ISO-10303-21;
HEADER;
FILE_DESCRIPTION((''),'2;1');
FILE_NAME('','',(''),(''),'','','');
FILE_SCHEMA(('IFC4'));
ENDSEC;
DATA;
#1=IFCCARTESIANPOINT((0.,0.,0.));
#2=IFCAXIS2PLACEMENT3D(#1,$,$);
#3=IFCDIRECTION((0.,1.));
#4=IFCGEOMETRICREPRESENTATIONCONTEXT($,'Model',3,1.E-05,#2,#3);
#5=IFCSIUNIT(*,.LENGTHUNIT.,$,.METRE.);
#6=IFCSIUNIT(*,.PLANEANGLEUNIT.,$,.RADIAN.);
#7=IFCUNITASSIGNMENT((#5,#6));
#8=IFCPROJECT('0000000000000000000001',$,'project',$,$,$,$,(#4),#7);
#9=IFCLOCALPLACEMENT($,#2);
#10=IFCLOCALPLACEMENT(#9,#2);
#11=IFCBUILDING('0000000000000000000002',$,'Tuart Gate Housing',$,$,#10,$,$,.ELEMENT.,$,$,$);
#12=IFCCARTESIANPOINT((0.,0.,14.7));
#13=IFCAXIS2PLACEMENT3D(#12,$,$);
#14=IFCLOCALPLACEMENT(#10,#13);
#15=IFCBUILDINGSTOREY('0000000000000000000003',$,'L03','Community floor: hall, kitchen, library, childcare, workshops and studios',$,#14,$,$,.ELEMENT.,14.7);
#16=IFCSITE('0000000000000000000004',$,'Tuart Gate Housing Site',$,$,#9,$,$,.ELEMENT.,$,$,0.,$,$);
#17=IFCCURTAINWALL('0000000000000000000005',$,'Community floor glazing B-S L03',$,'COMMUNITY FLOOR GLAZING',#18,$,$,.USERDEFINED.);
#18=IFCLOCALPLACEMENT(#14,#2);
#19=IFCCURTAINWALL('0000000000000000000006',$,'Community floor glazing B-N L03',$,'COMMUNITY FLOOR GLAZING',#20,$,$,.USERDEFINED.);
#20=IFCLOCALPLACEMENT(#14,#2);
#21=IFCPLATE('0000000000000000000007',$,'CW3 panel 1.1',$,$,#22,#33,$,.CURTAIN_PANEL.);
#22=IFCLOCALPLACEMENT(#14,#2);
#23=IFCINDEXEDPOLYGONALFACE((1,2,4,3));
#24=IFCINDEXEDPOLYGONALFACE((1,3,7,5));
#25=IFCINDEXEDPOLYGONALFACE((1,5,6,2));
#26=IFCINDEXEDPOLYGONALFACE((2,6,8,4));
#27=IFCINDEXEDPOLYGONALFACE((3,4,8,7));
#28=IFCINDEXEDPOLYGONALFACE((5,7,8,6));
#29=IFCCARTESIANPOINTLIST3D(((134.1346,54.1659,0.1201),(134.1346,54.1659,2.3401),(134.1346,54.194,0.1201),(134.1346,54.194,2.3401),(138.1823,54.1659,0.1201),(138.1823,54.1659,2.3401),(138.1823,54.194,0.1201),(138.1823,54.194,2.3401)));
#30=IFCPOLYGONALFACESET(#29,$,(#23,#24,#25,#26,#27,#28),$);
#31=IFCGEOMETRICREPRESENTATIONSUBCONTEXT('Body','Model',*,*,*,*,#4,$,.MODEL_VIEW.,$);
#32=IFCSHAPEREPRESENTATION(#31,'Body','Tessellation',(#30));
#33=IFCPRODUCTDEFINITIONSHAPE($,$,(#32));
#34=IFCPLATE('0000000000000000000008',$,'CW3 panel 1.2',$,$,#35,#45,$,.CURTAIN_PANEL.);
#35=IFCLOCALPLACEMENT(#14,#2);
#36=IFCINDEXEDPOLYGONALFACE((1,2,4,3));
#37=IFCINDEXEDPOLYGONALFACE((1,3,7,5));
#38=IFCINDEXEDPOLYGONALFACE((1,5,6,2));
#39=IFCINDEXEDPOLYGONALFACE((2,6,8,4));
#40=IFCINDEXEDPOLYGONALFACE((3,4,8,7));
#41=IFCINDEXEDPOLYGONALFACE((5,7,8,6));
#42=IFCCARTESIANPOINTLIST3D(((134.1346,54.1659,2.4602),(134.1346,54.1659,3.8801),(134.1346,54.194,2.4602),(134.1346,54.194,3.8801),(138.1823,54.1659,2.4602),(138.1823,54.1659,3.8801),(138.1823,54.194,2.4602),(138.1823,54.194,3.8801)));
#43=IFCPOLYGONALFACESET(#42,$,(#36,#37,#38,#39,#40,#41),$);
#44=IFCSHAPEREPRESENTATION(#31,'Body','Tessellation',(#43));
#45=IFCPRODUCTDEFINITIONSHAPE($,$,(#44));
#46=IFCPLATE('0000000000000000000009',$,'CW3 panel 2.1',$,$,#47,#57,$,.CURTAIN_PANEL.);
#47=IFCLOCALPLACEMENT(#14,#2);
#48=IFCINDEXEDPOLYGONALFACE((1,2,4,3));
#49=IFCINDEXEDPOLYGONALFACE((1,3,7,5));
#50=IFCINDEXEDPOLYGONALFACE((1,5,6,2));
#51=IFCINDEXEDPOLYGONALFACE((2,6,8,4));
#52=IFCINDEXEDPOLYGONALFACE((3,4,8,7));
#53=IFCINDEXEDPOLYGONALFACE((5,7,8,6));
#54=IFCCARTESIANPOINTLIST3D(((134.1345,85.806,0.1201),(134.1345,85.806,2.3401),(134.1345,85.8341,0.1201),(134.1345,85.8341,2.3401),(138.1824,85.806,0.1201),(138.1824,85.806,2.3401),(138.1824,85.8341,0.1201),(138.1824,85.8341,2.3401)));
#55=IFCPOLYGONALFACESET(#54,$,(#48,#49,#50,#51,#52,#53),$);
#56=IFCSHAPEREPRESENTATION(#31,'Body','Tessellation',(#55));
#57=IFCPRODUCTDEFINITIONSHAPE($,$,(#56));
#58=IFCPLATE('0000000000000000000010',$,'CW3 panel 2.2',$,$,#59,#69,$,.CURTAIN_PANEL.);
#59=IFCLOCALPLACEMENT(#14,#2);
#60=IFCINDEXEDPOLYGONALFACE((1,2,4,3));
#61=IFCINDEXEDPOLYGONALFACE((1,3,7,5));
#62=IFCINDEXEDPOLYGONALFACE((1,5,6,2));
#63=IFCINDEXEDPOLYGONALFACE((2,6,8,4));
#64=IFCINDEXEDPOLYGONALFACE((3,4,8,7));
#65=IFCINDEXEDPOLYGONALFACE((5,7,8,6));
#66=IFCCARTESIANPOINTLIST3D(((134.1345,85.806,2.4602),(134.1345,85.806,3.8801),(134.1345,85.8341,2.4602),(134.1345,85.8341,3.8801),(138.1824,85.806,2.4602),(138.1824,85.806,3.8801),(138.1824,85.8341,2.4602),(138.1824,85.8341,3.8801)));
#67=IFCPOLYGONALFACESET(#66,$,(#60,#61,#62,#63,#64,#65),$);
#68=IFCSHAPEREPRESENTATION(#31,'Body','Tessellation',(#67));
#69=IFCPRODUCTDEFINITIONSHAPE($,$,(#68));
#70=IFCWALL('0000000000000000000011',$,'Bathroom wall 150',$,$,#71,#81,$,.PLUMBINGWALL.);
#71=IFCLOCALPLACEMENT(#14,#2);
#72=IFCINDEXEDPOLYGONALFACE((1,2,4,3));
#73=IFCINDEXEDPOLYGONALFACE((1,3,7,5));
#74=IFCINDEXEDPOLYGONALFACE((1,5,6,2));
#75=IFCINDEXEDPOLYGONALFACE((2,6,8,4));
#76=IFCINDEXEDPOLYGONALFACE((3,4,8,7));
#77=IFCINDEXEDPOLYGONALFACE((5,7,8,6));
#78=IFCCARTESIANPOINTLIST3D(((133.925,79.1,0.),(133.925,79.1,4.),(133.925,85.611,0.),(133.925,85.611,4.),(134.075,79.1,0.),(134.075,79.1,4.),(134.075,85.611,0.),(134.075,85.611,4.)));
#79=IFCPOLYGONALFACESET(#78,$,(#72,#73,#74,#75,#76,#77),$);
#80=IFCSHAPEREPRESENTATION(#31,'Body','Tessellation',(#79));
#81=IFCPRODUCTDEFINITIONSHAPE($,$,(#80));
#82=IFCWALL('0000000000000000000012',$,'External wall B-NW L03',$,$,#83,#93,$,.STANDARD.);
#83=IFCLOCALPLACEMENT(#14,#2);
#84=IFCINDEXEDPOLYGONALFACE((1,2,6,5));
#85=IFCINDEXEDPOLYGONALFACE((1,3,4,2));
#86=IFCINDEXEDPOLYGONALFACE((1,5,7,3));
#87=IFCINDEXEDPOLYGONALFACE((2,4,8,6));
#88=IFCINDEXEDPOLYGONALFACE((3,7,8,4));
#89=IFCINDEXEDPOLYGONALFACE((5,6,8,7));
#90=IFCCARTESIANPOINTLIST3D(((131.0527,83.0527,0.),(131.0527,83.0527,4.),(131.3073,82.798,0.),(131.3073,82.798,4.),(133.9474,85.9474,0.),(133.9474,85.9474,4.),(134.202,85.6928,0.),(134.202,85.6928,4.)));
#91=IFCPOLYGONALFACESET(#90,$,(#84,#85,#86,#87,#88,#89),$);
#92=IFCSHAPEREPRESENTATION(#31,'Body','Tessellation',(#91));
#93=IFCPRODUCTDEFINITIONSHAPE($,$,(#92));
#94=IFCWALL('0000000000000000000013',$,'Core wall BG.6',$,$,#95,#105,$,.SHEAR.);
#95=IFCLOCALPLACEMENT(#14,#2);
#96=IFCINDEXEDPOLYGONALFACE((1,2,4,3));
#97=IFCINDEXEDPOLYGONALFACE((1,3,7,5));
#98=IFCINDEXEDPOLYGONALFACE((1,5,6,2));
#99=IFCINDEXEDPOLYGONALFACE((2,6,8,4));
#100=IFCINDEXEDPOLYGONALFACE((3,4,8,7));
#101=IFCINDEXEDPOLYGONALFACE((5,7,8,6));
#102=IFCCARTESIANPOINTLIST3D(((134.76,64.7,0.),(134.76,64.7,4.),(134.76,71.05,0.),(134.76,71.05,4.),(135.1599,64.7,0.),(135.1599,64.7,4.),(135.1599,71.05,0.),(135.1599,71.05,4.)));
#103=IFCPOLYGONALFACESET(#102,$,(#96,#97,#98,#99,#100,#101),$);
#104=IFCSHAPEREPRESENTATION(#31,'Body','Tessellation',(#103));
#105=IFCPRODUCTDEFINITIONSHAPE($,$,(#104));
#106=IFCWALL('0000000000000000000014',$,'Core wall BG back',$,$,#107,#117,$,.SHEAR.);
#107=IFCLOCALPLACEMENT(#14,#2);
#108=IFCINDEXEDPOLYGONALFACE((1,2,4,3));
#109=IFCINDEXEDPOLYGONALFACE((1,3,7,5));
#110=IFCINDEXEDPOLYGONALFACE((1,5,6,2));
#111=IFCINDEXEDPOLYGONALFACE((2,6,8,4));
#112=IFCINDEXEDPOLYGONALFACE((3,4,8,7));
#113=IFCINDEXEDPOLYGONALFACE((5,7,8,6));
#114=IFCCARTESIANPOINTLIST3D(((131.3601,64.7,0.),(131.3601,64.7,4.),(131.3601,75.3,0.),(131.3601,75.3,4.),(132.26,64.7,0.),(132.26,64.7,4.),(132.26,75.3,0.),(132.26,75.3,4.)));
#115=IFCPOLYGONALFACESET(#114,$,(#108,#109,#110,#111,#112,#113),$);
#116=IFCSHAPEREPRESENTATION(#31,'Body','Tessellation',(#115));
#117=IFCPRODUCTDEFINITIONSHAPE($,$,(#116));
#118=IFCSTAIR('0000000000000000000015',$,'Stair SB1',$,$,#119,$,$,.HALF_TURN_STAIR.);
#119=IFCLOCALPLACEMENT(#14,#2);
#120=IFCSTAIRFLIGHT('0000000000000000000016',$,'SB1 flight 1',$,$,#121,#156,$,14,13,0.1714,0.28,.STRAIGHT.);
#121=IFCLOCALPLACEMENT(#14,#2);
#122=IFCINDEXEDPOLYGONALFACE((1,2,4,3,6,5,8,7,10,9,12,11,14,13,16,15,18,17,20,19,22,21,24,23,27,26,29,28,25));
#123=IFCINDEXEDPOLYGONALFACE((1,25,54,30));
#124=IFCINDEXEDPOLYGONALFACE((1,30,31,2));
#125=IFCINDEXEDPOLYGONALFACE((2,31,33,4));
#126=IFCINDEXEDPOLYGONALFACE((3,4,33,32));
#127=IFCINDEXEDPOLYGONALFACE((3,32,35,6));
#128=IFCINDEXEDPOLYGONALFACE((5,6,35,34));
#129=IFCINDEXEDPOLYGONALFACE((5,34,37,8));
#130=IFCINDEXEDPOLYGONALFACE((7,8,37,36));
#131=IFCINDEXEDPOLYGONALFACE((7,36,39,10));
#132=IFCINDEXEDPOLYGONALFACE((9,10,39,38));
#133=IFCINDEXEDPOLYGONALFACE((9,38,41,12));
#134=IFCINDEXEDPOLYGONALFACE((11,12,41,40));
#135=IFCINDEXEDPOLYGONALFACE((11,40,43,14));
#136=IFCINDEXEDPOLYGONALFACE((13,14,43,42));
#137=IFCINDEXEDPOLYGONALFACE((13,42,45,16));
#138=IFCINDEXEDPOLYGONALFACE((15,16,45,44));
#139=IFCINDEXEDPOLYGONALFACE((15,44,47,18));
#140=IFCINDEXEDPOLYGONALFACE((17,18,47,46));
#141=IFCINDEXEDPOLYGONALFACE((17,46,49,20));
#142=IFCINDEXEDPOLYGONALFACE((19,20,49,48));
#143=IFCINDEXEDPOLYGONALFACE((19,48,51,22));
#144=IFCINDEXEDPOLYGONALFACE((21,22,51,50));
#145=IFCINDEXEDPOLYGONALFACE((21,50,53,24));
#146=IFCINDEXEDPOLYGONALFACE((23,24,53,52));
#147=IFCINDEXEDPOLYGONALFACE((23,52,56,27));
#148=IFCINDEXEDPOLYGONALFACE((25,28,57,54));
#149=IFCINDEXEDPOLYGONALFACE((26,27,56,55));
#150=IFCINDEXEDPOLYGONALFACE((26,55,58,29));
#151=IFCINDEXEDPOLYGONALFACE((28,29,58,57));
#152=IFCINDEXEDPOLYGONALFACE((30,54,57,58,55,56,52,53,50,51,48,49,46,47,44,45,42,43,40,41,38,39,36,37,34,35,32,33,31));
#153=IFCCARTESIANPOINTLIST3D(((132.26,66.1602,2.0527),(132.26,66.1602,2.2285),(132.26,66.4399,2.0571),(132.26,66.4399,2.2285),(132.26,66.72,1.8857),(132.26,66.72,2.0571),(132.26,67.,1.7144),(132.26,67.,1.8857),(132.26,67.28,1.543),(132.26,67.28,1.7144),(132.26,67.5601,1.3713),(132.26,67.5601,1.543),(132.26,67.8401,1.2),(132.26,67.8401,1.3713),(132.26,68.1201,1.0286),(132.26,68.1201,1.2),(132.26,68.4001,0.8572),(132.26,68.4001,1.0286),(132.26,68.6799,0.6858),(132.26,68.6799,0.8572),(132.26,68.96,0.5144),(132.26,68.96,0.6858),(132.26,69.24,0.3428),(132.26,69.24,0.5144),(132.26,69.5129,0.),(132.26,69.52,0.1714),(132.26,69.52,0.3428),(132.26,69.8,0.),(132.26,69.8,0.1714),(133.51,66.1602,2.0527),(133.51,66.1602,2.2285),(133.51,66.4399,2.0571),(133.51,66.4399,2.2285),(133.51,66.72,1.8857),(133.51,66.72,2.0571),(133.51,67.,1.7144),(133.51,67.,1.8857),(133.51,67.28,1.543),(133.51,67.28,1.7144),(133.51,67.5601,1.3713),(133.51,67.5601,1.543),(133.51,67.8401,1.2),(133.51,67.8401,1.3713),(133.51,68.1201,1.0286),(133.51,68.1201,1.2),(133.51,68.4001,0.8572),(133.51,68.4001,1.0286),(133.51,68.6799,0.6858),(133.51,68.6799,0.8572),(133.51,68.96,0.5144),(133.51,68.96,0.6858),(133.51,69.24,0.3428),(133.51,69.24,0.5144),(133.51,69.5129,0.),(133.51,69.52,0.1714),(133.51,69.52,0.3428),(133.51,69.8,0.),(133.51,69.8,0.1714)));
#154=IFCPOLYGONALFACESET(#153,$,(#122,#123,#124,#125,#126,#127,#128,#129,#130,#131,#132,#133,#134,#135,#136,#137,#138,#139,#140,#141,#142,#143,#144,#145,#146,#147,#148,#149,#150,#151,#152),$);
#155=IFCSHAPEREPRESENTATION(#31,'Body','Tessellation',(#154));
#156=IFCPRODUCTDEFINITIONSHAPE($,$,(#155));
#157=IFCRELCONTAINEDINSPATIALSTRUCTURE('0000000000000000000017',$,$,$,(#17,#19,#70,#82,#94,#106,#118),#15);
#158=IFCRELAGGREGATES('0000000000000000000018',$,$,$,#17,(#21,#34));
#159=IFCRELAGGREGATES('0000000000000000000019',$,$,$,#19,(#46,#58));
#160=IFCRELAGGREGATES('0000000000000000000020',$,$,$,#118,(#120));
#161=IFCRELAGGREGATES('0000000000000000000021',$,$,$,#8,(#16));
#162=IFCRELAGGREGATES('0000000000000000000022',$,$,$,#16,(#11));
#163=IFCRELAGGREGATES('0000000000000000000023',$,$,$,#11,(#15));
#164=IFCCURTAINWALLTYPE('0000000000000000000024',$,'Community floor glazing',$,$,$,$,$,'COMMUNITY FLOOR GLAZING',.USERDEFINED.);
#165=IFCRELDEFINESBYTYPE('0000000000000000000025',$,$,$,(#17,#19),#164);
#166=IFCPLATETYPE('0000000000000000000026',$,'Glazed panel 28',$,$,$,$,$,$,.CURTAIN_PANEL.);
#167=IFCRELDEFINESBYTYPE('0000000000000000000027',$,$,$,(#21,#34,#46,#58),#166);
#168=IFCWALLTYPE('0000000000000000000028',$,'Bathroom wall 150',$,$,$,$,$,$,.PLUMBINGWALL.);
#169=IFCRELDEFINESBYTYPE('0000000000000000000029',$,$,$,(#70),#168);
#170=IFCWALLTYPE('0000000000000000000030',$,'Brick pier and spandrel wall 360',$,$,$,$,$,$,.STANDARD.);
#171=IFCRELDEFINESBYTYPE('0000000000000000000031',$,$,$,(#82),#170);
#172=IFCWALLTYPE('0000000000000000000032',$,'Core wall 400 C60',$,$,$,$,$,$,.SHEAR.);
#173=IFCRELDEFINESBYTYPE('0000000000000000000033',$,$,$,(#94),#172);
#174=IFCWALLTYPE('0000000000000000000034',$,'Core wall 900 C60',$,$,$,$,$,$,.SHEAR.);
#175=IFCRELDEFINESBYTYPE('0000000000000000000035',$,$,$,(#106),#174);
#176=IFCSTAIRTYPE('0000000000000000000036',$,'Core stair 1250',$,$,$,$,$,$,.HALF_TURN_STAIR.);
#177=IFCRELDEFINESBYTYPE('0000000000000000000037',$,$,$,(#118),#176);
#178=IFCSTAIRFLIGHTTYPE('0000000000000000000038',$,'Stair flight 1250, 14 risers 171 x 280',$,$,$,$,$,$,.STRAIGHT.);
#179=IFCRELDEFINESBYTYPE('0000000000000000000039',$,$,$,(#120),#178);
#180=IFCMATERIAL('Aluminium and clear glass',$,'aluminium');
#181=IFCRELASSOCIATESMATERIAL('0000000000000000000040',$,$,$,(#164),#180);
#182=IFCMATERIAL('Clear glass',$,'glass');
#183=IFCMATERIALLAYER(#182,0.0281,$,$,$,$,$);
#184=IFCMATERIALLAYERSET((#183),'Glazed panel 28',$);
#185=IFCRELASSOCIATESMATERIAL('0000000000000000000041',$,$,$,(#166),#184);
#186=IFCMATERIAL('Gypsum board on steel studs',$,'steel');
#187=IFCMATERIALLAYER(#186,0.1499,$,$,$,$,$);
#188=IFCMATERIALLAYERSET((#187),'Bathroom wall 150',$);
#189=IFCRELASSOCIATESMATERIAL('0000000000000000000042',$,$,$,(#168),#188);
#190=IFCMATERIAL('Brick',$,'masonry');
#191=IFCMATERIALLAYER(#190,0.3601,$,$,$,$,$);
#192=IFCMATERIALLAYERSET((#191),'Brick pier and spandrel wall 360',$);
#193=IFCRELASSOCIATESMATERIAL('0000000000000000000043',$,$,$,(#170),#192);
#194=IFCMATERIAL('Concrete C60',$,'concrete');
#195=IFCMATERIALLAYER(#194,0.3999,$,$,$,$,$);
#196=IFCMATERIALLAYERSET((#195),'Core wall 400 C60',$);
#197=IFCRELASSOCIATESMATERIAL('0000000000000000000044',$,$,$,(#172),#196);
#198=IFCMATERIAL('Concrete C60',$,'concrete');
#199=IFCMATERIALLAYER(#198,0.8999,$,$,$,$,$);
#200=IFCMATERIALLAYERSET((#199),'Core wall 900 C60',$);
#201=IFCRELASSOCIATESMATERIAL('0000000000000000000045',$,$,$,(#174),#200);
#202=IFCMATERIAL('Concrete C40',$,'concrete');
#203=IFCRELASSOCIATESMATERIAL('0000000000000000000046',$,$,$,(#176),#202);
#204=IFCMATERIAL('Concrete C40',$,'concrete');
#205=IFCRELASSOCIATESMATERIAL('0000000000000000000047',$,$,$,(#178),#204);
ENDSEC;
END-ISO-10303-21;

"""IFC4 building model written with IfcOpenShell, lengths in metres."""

from ifc_helpers import new_model, si_unit, direction, frame, frame_2d, origin, origin_2d, place, context, subcontext, project, spatial, polyline, rectangle, outline, extrude, material, layer, layer_set, type_object, element, aggregate, save


model = new_model("IFC4")

# Units and contexts
model_context = context("Model", 3, precision=1e-05, world=origin(), true_north=direction((0.0, 1.0)))
body_context = subcontext(model_context, "Body", "Model", "MODEL_VIEW")
ifc_project = project(units=[si_unit("LENGTHUNIT", "METRE"), si_unit("PLANEANGLEUNIT", "RADIAN")], contexts=[model_context])

# Site, building, storey
site_placement = place(None, origin())
site = spatial("IfcSite", under=ifc_project, at=site_placement, Name="Tuart Gate Housing Site", CompositionType="ELEMENT", RefElevation=0.0)
building_placement = place(site_placement, origin())
building = spatial("IfcBuilding", under=site, at=building_placement, Name="Tuart Gate Housing", CompositionType="ELEMENT")
storey_placement = place(building_placement, frame((0.0, 0.0, 14.7)))
storey = spatial("IfcBuildingStorey", under=building, at=storey_placement, Name="L03", Description="Community floor: hall, kitchen, library, childcare, workshops and studios", CompositionType="ELEMENT", Elevation=14.7)

# Curtain walls
ifc_material_1 = material(Name="Aluminium and clear glass", Category="aluminium")
curtain_wall_type = type_object("IfcCurtainWallType", Name="Community floor glazing", ElementType="COMMUNITY FLOOR GLAZING", PredefinedType="USERDEFINED", material=ifc_material_1)
curtain_wall_1_placement = place(storey_placement, origin())
curtain_wall_1 = element("IfcCurtainWall", 1, at=curtain_wall_1_placement, inside=storey, type_object=curtain_wall_type, Name="Community floor glazing B-S L03", ObjectType="COMMUNITY FLOOR GLAZING", PredefinedType="USERDEFINED")
curtain_wall_2_placement = place(storey_placement, origin())
curtain_wall_2 = element("IfcCurtainWall", 2, at=curtain_wall_2_placement, inside=storey, type_object=curtain_wall_type, Name="Community floor glazing B-N L03", ObjectType="COMMUNITY FLOOR GLAZING", PredefinedType="USERDEFINED")

# Plates
ifc_material_2 = material(Name="Clear glass", Category="glass")
ifc_layer_1 = layer(ifc_material_2, 0.0281)
ifc_layer_set_1 = layer_set([ifc_layer_1], Name="Glazed panel 28")
plate_type = type_object("IfcPlateType", Name="Glazed panel 28", PredefinedType="CURTAIN_PANEL", material=ifc_layer_set_1)
plate_1_placement = place(storey_placement, frame((136.1584, 54.1799, 0.1201), z_axis=(0.0, 0.0, 1.0), x_axis=(1.0, 0.0, 0.0)))
plate_1 = element("IfcPlate", 3, at=plate_1_placement, type_object=plate_type, Name="CW3 panel 1.1", PredefinedType="CURTAIN_PANEL", context=body_context, shape_type="SweptSolid", body=[
    extrude(rectangle(XDim=4.0476, YDim=0.0281, at=origin_2d()), origin(), (0.0, 0.0, 1.0), 2.22),
])
plate_2_placement = place(storey_placement, frame((136.1584, 54.1799, 2.4602), z_axis=(0.0, 0.0, 1.0), x_axis=(1.0, 0.0, 0.0)))
plate_2 = element("IfcPlate", 4, at=plate_2_placement, type_object=plate_type, Name="CW3 panel 1.2", PredefinedType="CURTAIN_PANEL", context=body_context, shape_type="SweptSolid", body=[
    extrude(rectangle(XDim=4.0476, YDim=0.0281, at=origin_2d()), origin(), (0.0, 0.0, 1.0), 1.4199),
])
aggregate(curtain_wall_1, [plate_1, plate_2])
plate_3_placement = place(storey_placement, frame((136.1584, 85.8201, 0.1201), z_axis=(0.0, 0.0, 1.0), x_axis=(-1.0, 0.0, 0.0)))
plate_3 = element("IfcPlate", 5, at=plate_3_placement, type_object=plate_type, Name="CW3 panel 2.1", PredefinedType="CURTAIN_PANEL", context=body_context, shape_type="SweptSolid", body=[
    extrude(rectangle(XDim=4.0479, YDim=0.0281, at=origin_2d()), origin(), (0.0, 0.0, 1.0), 2.22),
])
plate_4_placement = place(storey_placement, frame((136.1584, 85.8201, 2.4602), z_axis=(0.0, 0.0, 1.0), x_axis=(-1.0, 0.0, 0.0)))
plate_4 = element("IfcPlate", 6, at=plate_4_placement, type_object=plate_type, Name="CW3 panel 2.2", PredefinedType="CURTAIN_PANEL", context=body_context, shape_type="SweptSolid", body=[
    extrude(rectangle(XDim=4.0479, YDim=0.0281, at=origin_2d()), origin(), (0.0, 0.0, 1.0), 1.4199),
])
aggregate(curtain_wall_2, [plate_3, plate_4])

# Walls
ifc_material_3 = material(Name="Gypsum board on steel studs", Category="steel")
ifc_layer_2 = layer(ifc_material_3, 0.1499)
ifc_layer_set_2 = layer_set([ifc_layer_2], Name="Bathroom wall 150")
wall_type_1 = type_object("IfcWallType", Name="Bathroom wall 150", PredefinedType="PLUMBINGWALL", material=ifc_layer_set_2)
wall_1_placement = place(storey_placement, frame((134.0, 79.1001, 0.0), z_axis=(0.0, 0.0, 1.0), x_axis=(0.0, 1.0, 0.0)))
element("IfcWall", 7, at=wall_1_placement, inside=storey, type_object=wall_type_1, Name="Bathroom wall 150", PredefinedType="PLUMBINGWALL", context=body_context, shape_type="SweptSolid", body=[
    extrude(rectangle(XDim=6.511, YDim=0.1499, at=frame_2d((3.2554, 0.0))), origin(), (0.0, 0.0, 1.0), 4.0),
])
ifc_material_4 = material(Name="Brick", Category="masonry")
ifc_layer_3 = layer(ifc_material_4, 0.3601)
ifc_layer_set_3 = layer_set([ifc_layer_3], Name="Brick pier and spandrel wall 360")
wall_type_2 = type_object("IfcWallType", Name="Brick pier and spandrel wall 360", PredefinedType="STANDARD", material=ifc_layer_set_3)
wall_2_placement = place(storey_placement, frame((134.0747, 85.8201, 0.0), z_axis=(0.0, 0.0, 1.0), x_axis=(-0.707107, -0.707107, 0.0)))
element("IfcWall", 8, at=wall_2_placement, inside=storey, type_object=wall_type_2, Name="External wall B-NW L03", PredefinedType="STANDARD", context=body_context, shape_type="SweptSolid", body=[
    extrude(rectangle(XDim=4.0938, YDim=0.3601, at=frame_2d((2.0469, 0.0))), origin(), (0.0, 0.0, 1.0), 4.0),
])
ifc_material_5 = material(Name="Concrete C60", Category="concrete")
ifc_layer_4 = layer(ifc_material_5, 0.3999)
ifc_layer_set_4 = layer_set([ifc_layer_4], Name="Core wall 400 C60")
wall_type_3 = type_object("IfcWallType", Name="Core wall 400 C60", PredefinedType="SHEAR", material=ifc_layer_set_4)
wall_3_placement = place(storey_placement, frame((134.96, 64.7, 0.0), z_axis=(0.0, 0.0, 1.0), x_axis=(0.0, 1.0, 0.0)))
element("IfcWall", 9, at=wall_3_placement, inside=storey, type_object=wall_type_3, Name="Core wall BG.6", PredefinedType="SHEAR", context=body_context, shape_type="SweptSolid", body=[
    extrude(rectangle(XDim=6.3501, YDim=0.3999, at=frame_2d((3.175, 0.0))), origin(), (0.0, 0.0, 1.0), 4.0),
])
ifc_material_6 = material(Name="Concrete C60", Category="concrete")
ifc_layer_5 = layer(ifc_material_6, 0.8999)
ifc_layer_set_5 = layer_set([ifc_layer_5], Name="Core wall 900 C60")
wall_type_4 = type_object("IfcWallType", Name="Core wall 900 C60", PredefinedType="SHEAR", material=ifc_layer_set_5)
wall_4_placement = place(storey_placement, frame((131.8101, 64.7, 0.0), z_axis=(0.0, 0.0, 1.0), x_axis=(0.0, 1.0, 0.0)))
element("IfcWall", 10, at=wall_4_placement, inside=storey, type_object=wall_type_4, Name="Core wall BG back", PredefinedType="SHEAR", context=body_context, shape_type="SweptSolid", body=[
    extrude(rectangle(XDim=10.6001, YDim=0.8999, at=frame_2d((5.3, 0.0))), origin(), (0.0, 0.0, 1.0), 4.0),
])

# Stair, stair flight
ifc_material_7 = material(Name="Concrete C40", Category="concrete")
stair_type = type_object("IfcStairType", Name="Core stair 1250", PredefinedType="HALF_TURN_STAIR", material=ifc_material_7)
stair_placement = place(storey_placement, origin())
stair = element("IfcStair", 11, at=stair_placement, inside=storey, type_object=stair_type, Name="Stair SB1", PredefinedType="HALF_TURN_STAIR")
ifc_material_8 = material(Name="Concrete C40", Category="concrete")
stair_flight_type = type_object("IfcStairFlightType", Name="Stair flight 1250, 14 risers 171 x 280", PredefinedType="STRAIGHT", material=ifc_material_8)
stair_flight_1_placement = place(storey_placement, frame((132.885, 69.8, 0.0), z_axis=(0.0, 0.0, 1.0), x_axis=(0.0, -1.0, 0.0)))
stair_flight_1 = element("IfcStairFlight", 12, at=stair_flight_1_placement, type_object=stair_flight_type, Name="SB1 flight 1", NumberOfRisers=14, NumberOfTreads=13, PredefinedType="STRAIGHT", RiserHeight=0.1714, TreadLength=0.28, context=body_context, shape_type="SweptSolid", body=[
    extrude(outline(polyline([(0.0, 0.0), (0.0, 0.1714), (0.28, 0.1714), (0.28, 0.3428), (0.5601, 0.3428), (0.5601, 0.5144), (0.8401, 0.5144), (0.8401, 0.6858), (1.1201, 0.6858), (1.1201, 0.8572), (1.3999, 0.8572), (1.3999, 1.0286), (1.6799, 1.0286), (1.6799, 1.2), (1.96, 1.2), (1.96, 1.3713), (2.24, 1.3713), (2.24, 1.543), (2.52, 1.543), (2.52, 1.7144), (2.8, 1.7144), (2.8, 1.8857), (3.0801, 1.8857), (3.0801, 2.0571), (3.3601, 2.0571), (3.3601, 2.2285), (3.6399, 2.2285), (3.6399, 2.3999), (3.6399, 2.0527), (0.2871, 0.0), (0.0, 0.0)])), frame((0.0, 0.625, 0.0), z_axis=(0.0, -1.0, 0.0), x_axis=(1.0, 0.0, 0.0)), (0.0, 0.0, 1.0), 1.25),
])
aggregate(stair, [stair_flight_1])

save(model, "model.ifc")
